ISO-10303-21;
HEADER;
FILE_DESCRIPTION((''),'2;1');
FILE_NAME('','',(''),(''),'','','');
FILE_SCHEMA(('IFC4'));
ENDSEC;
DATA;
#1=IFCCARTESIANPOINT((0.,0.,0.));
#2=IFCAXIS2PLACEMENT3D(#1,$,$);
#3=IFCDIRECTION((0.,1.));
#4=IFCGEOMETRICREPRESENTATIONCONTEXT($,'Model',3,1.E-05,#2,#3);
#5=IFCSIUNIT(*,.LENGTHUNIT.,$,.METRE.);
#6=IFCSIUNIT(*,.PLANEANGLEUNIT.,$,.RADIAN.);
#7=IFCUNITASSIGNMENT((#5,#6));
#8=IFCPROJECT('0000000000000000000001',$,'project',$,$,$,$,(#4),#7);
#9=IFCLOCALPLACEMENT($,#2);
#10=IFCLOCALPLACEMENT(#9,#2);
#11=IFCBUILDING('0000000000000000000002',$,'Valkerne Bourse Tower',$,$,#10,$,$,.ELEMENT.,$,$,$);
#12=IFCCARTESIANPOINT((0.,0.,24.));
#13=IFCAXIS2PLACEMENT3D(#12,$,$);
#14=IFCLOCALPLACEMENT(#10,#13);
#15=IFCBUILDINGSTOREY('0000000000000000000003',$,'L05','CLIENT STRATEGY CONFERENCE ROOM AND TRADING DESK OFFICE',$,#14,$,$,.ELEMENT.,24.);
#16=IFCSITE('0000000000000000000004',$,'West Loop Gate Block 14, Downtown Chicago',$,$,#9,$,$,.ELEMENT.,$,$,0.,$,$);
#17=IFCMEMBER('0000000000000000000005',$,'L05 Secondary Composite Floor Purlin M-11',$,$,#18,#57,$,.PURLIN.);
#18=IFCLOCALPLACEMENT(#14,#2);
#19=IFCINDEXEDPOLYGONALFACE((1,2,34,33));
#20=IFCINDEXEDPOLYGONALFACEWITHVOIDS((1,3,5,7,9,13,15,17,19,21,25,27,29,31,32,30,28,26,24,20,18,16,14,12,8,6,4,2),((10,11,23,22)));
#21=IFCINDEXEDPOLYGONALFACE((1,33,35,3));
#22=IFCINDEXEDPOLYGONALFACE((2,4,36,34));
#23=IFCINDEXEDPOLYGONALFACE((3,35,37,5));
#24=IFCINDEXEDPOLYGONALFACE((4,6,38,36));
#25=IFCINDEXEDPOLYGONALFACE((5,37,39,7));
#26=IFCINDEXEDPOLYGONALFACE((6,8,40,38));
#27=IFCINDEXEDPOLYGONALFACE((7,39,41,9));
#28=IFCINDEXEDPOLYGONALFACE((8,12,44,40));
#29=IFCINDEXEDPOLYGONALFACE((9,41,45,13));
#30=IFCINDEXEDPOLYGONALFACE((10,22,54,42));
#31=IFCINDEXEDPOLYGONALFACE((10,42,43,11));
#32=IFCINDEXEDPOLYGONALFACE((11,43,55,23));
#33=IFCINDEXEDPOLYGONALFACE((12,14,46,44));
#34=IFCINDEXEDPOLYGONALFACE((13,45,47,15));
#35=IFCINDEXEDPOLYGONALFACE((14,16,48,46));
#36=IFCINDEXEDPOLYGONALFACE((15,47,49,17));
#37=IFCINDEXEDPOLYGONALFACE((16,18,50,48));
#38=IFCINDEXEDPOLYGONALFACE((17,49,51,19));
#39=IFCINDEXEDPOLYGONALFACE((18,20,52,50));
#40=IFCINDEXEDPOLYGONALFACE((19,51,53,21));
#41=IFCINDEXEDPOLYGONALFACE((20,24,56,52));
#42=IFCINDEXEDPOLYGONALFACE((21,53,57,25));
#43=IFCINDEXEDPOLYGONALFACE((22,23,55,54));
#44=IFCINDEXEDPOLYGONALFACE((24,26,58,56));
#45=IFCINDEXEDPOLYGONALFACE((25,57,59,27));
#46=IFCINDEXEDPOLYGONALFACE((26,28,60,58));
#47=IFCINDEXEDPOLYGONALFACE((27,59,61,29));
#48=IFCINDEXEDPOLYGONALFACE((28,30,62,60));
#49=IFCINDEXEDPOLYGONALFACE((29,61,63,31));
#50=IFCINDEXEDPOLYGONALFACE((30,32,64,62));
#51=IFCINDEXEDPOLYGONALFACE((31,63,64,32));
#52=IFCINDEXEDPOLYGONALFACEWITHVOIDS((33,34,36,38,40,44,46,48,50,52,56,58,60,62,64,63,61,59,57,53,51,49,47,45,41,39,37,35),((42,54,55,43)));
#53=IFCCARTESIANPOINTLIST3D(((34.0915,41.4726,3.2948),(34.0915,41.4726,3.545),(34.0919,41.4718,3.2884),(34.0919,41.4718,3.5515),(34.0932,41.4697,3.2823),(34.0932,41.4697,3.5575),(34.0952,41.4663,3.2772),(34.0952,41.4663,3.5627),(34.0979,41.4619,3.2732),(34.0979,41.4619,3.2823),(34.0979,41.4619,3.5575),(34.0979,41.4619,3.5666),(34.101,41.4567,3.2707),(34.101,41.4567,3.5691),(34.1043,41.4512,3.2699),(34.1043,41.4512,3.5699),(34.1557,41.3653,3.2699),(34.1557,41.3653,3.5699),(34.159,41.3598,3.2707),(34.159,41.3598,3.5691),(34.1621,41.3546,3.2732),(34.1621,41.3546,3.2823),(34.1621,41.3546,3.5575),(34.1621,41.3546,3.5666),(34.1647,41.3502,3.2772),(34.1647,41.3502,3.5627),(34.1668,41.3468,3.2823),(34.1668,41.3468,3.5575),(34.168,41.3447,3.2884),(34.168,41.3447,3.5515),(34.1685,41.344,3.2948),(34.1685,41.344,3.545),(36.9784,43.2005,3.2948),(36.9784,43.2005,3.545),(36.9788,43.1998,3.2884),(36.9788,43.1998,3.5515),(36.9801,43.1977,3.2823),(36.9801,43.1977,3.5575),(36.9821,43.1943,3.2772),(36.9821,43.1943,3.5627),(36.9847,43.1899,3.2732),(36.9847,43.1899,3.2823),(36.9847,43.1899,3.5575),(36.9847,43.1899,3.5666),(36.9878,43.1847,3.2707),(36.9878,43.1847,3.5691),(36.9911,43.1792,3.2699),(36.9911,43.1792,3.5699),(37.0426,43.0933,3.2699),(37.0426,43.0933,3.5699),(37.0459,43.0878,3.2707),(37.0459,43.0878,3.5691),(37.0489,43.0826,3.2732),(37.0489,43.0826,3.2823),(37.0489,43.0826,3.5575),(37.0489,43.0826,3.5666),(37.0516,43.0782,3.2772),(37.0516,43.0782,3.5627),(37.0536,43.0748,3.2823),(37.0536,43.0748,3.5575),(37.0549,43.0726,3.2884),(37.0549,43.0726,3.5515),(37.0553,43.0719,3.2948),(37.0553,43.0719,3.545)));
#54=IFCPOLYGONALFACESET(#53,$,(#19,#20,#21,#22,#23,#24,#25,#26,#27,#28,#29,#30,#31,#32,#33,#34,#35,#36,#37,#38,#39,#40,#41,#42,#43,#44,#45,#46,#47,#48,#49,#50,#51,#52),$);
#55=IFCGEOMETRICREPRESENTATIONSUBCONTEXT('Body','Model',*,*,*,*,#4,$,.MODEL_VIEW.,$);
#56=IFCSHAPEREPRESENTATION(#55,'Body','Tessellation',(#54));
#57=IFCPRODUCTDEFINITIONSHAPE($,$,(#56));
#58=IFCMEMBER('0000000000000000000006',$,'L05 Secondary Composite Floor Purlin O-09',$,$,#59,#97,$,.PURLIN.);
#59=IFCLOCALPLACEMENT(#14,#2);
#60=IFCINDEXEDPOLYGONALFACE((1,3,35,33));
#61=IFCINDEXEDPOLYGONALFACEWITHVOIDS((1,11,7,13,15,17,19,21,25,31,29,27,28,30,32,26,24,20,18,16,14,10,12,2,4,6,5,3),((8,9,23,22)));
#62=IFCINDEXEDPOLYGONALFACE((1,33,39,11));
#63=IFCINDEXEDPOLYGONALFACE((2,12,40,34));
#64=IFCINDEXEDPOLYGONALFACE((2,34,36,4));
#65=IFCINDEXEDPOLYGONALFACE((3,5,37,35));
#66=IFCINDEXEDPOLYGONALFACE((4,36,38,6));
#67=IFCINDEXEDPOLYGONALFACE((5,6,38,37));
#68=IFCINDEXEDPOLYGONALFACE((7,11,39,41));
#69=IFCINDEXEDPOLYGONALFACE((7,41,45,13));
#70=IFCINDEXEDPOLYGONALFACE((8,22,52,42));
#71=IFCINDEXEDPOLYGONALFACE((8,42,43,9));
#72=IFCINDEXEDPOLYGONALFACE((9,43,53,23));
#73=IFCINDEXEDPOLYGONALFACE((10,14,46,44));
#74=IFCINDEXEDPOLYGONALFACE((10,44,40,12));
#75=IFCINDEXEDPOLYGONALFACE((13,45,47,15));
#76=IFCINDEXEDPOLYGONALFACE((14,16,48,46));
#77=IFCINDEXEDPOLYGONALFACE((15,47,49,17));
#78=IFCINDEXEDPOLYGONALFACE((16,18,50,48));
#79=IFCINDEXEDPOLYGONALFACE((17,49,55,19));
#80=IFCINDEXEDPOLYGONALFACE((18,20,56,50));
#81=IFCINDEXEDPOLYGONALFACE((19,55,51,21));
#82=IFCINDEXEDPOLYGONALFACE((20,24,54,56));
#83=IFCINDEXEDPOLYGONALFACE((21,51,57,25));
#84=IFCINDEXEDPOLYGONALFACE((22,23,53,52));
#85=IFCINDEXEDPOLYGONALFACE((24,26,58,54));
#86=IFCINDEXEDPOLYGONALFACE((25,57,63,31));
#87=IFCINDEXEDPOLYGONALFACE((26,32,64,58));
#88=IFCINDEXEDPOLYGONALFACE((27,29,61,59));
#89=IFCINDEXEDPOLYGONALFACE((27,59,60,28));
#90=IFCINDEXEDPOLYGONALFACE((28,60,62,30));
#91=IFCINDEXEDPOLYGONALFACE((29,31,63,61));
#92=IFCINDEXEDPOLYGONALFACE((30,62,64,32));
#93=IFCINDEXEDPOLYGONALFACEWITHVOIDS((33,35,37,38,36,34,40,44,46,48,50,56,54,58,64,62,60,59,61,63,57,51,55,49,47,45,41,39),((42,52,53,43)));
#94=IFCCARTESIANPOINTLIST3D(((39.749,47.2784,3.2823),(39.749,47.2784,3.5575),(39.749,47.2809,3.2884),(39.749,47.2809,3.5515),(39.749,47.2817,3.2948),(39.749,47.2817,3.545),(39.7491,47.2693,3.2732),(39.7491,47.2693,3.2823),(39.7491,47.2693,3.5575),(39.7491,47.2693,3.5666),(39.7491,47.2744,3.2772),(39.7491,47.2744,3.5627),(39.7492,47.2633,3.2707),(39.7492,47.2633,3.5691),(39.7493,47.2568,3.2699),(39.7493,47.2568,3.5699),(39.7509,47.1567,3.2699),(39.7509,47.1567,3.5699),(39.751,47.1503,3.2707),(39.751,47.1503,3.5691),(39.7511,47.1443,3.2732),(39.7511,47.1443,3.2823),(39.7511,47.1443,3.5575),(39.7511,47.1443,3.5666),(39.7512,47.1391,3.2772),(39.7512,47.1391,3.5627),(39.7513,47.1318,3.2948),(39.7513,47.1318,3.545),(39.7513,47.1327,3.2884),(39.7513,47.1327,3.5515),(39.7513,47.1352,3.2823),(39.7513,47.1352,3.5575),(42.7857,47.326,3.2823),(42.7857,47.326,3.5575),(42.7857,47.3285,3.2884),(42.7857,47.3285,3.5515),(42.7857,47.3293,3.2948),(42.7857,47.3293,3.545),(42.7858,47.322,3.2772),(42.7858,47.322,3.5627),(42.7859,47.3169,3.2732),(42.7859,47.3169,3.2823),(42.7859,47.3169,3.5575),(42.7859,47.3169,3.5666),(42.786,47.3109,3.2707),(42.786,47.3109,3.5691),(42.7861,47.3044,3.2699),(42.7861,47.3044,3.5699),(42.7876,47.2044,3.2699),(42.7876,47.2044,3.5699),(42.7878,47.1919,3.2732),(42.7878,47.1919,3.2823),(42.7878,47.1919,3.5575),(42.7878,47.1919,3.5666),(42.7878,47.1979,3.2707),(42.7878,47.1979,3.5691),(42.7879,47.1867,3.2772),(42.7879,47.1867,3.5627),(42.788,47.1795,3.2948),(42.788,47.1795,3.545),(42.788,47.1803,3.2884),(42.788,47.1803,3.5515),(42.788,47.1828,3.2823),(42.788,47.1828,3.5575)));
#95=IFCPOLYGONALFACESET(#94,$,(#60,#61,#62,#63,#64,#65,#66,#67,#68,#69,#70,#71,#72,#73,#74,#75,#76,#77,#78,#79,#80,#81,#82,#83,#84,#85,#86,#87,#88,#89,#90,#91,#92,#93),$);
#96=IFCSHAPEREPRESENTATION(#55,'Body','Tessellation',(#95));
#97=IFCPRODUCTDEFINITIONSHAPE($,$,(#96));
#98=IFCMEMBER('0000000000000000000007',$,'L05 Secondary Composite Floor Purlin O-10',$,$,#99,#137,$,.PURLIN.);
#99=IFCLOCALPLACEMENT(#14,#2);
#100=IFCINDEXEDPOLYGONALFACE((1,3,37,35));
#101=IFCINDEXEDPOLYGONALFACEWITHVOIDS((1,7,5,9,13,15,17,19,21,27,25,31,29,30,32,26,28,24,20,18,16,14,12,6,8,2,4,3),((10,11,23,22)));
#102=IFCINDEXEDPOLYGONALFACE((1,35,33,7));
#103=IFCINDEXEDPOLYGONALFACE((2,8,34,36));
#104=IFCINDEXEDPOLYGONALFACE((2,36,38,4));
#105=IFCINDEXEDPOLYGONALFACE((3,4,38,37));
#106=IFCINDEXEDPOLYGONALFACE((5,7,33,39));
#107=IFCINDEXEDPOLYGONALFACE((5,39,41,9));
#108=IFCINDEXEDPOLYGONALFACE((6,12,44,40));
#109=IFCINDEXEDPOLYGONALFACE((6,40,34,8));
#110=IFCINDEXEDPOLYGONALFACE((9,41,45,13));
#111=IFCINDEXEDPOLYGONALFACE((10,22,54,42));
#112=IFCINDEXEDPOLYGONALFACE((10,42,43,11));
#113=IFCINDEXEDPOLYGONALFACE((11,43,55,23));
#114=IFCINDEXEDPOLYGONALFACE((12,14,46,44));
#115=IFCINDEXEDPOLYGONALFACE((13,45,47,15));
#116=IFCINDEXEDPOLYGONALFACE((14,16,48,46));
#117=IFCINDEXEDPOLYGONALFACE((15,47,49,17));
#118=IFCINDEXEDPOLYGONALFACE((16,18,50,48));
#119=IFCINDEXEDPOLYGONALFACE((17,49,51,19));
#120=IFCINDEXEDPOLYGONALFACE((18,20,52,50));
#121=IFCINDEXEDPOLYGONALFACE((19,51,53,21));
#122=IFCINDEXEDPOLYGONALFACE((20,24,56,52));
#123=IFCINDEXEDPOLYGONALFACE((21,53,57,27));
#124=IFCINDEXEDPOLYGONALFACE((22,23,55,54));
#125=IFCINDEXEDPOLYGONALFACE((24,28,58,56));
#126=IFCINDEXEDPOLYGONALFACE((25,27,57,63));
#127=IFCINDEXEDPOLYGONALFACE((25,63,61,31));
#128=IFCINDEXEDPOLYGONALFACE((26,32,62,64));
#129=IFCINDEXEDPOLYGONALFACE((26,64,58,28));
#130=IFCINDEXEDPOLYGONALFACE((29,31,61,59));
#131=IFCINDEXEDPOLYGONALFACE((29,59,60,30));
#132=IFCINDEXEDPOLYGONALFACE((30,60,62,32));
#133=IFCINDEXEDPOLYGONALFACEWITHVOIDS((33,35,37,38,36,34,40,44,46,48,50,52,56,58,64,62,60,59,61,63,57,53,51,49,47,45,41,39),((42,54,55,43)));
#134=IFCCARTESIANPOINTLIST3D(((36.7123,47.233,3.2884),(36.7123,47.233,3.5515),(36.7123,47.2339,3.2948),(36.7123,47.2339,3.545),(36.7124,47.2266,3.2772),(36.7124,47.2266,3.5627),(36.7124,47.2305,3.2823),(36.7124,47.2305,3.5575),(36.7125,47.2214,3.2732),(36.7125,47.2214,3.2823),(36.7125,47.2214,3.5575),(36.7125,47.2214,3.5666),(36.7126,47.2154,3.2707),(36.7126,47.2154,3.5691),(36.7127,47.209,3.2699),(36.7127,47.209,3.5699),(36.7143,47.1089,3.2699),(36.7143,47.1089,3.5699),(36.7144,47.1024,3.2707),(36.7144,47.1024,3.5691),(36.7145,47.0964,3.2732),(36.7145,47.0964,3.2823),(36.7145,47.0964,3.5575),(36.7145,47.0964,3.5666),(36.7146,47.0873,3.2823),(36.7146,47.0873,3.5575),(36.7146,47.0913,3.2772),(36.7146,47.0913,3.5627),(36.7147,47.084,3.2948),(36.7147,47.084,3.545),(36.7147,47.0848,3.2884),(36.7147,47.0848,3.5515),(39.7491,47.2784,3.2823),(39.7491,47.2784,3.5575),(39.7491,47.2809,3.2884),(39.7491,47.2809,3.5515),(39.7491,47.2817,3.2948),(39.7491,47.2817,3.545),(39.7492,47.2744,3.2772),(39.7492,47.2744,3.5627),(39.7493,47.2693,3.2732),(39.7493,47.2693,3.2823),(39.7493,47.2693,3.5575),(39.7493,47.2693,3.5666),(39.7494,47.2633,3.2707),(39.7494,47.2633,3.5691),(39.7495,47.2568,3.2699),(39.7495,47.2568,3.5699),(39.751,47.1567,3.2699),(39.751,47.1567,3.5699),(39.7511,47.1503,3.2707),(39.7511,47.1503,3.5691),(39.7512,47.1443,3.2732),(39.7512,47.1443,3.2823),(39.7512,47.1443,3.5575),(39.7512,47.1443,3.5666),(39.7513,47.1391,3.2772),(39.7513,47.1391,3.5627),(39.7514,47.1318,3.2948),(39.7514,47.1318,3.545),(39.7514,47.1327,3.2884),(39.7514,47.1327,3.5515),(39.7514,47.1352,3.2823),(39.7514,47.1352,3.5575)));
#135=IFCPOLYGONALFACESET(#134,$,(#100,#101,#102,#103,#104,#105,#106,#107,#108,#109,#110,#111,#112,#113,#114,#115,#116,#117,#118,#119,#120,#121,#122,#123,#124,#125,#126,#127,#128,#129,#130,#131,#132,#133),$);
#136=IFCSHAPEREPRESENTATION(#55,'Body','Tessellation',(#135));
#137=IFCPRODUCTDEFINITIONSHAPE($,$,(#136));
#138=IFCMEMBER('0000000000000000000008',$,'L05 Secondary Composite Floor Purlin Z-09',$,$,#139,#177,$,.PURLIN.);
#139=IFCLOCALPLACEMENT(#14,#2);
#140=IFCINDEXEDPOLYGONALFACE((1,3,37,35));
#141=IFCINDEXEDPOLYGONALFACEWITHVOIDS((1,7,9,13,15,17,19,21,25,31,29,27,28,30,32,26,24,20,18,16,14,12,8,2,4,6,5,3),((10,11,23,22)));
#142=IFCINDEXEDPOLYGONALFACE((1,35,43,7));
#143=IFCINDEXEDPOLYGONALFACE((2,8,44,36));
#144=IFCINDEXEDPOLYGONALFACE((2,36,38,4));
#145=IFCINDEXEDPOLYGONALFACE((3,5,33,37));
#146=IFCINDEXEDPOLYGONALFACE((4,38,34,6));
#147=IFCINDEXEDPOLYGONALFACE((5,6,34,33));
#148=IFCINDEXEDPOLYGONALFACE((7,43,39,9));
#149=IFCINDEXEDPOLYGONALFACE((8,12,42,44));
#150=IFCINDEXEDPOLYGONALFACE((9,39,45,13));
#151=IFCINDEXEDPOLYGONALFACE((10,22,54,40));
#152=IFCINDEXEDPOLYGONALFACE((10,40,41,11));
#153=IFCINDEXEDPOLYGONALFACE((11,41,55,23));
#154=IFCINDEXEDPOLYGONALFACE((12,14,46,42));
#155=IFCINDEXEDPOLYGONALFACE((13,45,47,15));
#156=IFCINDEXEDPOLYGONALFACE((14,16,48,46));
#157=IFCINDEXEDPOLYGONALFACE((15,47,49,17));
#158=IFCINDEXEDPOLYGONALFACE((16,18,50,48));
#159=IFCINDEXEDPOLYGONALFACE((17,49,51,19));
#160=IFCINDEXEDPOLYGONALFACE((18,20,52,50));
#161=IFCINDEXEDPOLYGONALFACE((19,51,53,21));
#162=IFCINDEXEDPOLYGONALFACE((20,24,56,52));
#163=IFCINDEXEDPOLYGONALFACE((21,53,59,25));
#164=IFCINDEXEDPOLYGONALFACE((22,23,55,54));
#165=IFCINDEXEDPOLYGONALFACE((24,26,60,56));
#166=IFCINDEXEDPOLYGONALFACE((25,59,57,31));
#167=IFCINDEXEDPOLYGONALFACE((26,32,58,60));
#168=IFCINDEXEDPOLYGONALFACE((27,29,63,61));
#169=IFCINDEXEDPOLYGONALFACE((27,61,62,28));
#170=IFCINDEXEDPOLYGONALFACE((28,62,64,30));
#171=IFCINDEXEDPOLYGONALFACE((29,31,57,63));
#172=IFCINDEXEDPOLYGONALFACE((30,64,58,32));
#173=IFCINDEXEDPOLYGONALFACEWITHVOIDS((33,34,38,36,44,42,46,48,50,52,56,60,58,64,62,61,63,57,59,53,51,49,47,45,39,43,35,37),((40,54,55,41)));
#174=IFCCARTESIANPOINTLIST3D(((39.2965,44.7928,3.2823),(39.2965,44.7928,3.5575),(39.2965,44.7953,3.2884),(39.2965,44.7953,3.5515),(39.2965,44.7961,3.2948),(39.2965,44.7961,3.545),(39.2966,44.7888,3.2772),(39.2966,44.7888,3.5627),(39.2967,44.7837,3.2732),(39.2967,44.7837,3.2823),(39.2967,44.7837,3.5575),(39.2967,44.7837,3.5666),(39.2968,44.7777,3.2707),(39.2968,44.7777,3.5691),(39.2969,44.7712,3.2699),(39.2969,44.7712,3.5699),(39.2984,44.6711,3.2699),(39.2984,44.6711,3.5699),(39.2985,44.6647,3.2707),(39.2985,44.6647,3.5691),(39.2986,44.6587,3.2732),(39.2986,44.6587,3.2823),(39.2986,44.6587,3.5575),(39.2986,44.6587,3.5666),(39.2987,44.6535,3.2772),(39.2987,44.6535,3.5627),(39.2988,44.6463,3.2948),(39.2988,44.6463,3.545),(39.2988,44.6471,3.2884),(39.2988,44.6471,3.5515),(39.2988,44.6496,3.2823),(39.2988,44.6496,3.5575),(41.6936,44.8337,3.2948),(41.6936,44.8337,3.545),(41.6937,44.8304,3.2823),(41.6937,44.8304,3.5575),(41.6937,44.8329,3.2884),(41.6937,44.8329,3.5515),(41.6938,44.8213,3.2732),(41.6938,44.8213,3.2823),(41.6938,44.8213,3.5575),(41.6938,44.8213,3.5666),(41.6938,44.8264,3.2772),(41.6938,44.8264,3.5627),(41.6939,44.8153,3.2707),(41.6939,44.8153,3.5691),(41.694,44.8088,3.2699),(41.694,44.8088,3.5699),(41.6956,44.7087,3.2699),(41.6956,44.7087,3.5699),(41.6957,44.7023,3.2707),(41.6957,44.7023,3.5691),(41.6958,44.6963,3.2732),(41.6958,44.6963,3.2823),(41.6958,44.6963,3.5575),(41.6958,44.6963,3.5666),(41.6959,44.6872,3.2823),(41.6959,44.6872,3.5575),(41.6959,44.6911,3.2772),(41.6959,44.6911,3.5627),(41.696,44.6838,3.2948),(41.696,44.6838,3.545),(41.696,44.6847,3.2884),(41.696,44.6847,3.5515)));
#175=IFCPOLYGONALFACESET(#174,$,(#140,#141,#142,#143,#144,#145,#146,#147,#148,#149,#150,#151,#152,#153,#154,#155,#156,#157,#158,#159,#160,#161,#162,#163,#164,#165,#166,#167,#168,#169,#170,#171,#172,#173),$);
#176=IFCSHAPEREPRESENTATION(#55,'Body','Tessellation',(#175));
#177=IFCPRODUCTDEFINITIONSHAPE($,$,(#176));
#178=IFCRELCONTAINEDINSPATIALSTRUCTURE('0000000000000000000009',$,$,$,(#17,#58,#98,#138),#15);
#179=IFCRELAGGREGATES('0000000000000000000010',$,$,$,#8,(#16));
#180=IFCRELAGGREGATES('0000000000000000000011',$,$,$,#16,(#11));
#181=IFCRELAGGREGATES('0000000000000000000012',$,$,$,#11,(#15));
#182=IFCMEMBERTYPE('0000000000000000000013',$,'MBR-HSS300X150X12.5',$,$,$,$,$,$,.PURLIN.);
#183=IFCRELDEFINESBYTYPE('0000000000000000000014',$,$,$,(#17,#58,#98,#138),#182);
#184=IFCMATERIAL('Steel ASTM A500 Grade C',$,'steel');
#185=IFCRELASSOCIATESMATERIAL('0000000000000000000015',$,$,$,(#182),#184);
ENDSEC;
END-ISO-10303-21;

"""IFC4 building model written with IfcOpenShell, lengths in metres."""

from ifc_helpers import new_model, si_unit, direction, frame, origin, origin_2d, place, context, subcontext, project, spatial, hollow_rectangle, extrude, material, material_profile, profile_set, type_object, element, save


model = new_model("IFC4")

# Units and contexts
model_context = context("Model", 3, precision=1e-05, world=origin(), true_north=direction((0.0, 1.0)))
body_context = subcontext(model_context, "Body", "Model", "MODEL_VIEW")
ifc_project = project(units=[si_unit("LENGTHUNIT", "METRE"), si_unit("PLANEANGLEUNIT", "RADIAN")], contexts=[model_context])

# Site, building, storey
site_placement = place(None, origin())
site = spatial("IfcSite", under=ifc_project, at=site_placement, Name="West Loop Gate Block 14, Downtown Chicago", CompositionType="ELEMENT", RefElevation=0.0)
building_placement = place(site_placement, origin())
building = spatial("IfcBuilding", under=site, at=building_placement, Name="Valkerne Bourse Tower", CompositionType="ELEMENT")
storey_placement = place(building_placement, frame((0.0, 0.0, 24.0)))
storey = spatial("IfcBuildingStorey", under=building, at=storey_placement, Name="L05", Description="CLIENT STRATEGY CONFERENCE ROOM AND TRADING DESK OFFICE", CompositionType="ELEMENT", Elevation=24.0)

# Members
ifc_material_1 = material(Name="Steel ASTM A500 Grade C", Category="steel")
ifc_material_profile_1 = material_profile(ifc_material_1, hollow_rectangle(XDim=0.1499, YDim=0.3, WallThickness=0.0125, OuterFilletRadius=0.0249, at=origin_2d()), Name="HSS300X150X12.5")
ifc_profile_set_1 = profile_set([ifc_material_profile_1], Name="Steel ASTM A500 Grade C")
member_type_1 = type_object("IfcMemberType", Name="MBR-HSS300X150X12.5", PredefinedType="PURLIN", material=ifc_profile_set_1)
member_1_placement = place(storey_placement, frame((37.0168, 43.1362, 3.4199), z_axis=(-0.858037, -0.513588, 0.0), x_axis=(0.513588, -0.858037, 0.0)))
element("IfcMember", 1, at=member_1_placement, inside=storey, type_object=member_type_1, Name="L05 Secondary Composite Floor Purlin M-11", PredefinedType="PURLIN", context=body_context, shape_type="SweptSolid", body=[
    extrude(hollow_rectangle(XDim=0.1499, YDim=0.3, WallThickness=0.0125, OuterFilletRadius=0.0249, at=origin_2d()), origin(), (0.0, 0.0, 1.0), 3.3645),
])
for number, where, z_axis, x_axis, name in (
    (2, (42.7869, 47.2544, 3.4199), (-0.999877, -0.015676, 0.0), (0.015676, -0.999877, 0.0), "L05 Secondary Composite Floor Purlin O-09"),
    (3, (39.7502, 47.2068, 3.4199), (-0.999876, -0.015756, 0.0), (0.015756, -0.999876, 0.0), "L05 Secondary Composite Floor Purlin O-10"),
):
    element("IfcMember", number, at=place(storey_placement, frame(where, z_axis=z_axis, x_axis=x_axis)), inside=storey, type_object=member_type_1, Name=name, PredefinedType="PURLIN", context=body_context, shape_type="SweptSolid", body=[
        extrude(hollow_rectangle(XDim=0.1499, YDim=0.3, WallThickness=0.0125, OuterFilletRadius=0.0249, at=origin_2d()), origin(), (0.0, 0.0, 1.0), 3.0371),
    ])
for number, where, z_axis, x_axis, name in (
    (4, (41.6948, 44.7588, 3.4199), (-0.999877, -0.015682, 0.0), (0.015682, -0.999877, 0.0), "L05 Secondary Composite Floor Purlin Z-09"),
):
    element("IfcMember", number, at=place(storey_placement, frame(where, z_axis=z_axis, x_axis=x_axis)), inside=storey, type_object=member_type_1, Name=name, PredefinedType="PURLIN", context=body_context, shape_type="SweptSolid", body=[
        extrude(hollow_rectangle(XDim=0.1499, YDim=0.3, WallThickness=0.0125, OuterFilletRadius=0.0249, at=origin_2d()), origin(), (0.0, 0.0, 1.0), 2.3975),
    ])

save(model, "model.ifc")
